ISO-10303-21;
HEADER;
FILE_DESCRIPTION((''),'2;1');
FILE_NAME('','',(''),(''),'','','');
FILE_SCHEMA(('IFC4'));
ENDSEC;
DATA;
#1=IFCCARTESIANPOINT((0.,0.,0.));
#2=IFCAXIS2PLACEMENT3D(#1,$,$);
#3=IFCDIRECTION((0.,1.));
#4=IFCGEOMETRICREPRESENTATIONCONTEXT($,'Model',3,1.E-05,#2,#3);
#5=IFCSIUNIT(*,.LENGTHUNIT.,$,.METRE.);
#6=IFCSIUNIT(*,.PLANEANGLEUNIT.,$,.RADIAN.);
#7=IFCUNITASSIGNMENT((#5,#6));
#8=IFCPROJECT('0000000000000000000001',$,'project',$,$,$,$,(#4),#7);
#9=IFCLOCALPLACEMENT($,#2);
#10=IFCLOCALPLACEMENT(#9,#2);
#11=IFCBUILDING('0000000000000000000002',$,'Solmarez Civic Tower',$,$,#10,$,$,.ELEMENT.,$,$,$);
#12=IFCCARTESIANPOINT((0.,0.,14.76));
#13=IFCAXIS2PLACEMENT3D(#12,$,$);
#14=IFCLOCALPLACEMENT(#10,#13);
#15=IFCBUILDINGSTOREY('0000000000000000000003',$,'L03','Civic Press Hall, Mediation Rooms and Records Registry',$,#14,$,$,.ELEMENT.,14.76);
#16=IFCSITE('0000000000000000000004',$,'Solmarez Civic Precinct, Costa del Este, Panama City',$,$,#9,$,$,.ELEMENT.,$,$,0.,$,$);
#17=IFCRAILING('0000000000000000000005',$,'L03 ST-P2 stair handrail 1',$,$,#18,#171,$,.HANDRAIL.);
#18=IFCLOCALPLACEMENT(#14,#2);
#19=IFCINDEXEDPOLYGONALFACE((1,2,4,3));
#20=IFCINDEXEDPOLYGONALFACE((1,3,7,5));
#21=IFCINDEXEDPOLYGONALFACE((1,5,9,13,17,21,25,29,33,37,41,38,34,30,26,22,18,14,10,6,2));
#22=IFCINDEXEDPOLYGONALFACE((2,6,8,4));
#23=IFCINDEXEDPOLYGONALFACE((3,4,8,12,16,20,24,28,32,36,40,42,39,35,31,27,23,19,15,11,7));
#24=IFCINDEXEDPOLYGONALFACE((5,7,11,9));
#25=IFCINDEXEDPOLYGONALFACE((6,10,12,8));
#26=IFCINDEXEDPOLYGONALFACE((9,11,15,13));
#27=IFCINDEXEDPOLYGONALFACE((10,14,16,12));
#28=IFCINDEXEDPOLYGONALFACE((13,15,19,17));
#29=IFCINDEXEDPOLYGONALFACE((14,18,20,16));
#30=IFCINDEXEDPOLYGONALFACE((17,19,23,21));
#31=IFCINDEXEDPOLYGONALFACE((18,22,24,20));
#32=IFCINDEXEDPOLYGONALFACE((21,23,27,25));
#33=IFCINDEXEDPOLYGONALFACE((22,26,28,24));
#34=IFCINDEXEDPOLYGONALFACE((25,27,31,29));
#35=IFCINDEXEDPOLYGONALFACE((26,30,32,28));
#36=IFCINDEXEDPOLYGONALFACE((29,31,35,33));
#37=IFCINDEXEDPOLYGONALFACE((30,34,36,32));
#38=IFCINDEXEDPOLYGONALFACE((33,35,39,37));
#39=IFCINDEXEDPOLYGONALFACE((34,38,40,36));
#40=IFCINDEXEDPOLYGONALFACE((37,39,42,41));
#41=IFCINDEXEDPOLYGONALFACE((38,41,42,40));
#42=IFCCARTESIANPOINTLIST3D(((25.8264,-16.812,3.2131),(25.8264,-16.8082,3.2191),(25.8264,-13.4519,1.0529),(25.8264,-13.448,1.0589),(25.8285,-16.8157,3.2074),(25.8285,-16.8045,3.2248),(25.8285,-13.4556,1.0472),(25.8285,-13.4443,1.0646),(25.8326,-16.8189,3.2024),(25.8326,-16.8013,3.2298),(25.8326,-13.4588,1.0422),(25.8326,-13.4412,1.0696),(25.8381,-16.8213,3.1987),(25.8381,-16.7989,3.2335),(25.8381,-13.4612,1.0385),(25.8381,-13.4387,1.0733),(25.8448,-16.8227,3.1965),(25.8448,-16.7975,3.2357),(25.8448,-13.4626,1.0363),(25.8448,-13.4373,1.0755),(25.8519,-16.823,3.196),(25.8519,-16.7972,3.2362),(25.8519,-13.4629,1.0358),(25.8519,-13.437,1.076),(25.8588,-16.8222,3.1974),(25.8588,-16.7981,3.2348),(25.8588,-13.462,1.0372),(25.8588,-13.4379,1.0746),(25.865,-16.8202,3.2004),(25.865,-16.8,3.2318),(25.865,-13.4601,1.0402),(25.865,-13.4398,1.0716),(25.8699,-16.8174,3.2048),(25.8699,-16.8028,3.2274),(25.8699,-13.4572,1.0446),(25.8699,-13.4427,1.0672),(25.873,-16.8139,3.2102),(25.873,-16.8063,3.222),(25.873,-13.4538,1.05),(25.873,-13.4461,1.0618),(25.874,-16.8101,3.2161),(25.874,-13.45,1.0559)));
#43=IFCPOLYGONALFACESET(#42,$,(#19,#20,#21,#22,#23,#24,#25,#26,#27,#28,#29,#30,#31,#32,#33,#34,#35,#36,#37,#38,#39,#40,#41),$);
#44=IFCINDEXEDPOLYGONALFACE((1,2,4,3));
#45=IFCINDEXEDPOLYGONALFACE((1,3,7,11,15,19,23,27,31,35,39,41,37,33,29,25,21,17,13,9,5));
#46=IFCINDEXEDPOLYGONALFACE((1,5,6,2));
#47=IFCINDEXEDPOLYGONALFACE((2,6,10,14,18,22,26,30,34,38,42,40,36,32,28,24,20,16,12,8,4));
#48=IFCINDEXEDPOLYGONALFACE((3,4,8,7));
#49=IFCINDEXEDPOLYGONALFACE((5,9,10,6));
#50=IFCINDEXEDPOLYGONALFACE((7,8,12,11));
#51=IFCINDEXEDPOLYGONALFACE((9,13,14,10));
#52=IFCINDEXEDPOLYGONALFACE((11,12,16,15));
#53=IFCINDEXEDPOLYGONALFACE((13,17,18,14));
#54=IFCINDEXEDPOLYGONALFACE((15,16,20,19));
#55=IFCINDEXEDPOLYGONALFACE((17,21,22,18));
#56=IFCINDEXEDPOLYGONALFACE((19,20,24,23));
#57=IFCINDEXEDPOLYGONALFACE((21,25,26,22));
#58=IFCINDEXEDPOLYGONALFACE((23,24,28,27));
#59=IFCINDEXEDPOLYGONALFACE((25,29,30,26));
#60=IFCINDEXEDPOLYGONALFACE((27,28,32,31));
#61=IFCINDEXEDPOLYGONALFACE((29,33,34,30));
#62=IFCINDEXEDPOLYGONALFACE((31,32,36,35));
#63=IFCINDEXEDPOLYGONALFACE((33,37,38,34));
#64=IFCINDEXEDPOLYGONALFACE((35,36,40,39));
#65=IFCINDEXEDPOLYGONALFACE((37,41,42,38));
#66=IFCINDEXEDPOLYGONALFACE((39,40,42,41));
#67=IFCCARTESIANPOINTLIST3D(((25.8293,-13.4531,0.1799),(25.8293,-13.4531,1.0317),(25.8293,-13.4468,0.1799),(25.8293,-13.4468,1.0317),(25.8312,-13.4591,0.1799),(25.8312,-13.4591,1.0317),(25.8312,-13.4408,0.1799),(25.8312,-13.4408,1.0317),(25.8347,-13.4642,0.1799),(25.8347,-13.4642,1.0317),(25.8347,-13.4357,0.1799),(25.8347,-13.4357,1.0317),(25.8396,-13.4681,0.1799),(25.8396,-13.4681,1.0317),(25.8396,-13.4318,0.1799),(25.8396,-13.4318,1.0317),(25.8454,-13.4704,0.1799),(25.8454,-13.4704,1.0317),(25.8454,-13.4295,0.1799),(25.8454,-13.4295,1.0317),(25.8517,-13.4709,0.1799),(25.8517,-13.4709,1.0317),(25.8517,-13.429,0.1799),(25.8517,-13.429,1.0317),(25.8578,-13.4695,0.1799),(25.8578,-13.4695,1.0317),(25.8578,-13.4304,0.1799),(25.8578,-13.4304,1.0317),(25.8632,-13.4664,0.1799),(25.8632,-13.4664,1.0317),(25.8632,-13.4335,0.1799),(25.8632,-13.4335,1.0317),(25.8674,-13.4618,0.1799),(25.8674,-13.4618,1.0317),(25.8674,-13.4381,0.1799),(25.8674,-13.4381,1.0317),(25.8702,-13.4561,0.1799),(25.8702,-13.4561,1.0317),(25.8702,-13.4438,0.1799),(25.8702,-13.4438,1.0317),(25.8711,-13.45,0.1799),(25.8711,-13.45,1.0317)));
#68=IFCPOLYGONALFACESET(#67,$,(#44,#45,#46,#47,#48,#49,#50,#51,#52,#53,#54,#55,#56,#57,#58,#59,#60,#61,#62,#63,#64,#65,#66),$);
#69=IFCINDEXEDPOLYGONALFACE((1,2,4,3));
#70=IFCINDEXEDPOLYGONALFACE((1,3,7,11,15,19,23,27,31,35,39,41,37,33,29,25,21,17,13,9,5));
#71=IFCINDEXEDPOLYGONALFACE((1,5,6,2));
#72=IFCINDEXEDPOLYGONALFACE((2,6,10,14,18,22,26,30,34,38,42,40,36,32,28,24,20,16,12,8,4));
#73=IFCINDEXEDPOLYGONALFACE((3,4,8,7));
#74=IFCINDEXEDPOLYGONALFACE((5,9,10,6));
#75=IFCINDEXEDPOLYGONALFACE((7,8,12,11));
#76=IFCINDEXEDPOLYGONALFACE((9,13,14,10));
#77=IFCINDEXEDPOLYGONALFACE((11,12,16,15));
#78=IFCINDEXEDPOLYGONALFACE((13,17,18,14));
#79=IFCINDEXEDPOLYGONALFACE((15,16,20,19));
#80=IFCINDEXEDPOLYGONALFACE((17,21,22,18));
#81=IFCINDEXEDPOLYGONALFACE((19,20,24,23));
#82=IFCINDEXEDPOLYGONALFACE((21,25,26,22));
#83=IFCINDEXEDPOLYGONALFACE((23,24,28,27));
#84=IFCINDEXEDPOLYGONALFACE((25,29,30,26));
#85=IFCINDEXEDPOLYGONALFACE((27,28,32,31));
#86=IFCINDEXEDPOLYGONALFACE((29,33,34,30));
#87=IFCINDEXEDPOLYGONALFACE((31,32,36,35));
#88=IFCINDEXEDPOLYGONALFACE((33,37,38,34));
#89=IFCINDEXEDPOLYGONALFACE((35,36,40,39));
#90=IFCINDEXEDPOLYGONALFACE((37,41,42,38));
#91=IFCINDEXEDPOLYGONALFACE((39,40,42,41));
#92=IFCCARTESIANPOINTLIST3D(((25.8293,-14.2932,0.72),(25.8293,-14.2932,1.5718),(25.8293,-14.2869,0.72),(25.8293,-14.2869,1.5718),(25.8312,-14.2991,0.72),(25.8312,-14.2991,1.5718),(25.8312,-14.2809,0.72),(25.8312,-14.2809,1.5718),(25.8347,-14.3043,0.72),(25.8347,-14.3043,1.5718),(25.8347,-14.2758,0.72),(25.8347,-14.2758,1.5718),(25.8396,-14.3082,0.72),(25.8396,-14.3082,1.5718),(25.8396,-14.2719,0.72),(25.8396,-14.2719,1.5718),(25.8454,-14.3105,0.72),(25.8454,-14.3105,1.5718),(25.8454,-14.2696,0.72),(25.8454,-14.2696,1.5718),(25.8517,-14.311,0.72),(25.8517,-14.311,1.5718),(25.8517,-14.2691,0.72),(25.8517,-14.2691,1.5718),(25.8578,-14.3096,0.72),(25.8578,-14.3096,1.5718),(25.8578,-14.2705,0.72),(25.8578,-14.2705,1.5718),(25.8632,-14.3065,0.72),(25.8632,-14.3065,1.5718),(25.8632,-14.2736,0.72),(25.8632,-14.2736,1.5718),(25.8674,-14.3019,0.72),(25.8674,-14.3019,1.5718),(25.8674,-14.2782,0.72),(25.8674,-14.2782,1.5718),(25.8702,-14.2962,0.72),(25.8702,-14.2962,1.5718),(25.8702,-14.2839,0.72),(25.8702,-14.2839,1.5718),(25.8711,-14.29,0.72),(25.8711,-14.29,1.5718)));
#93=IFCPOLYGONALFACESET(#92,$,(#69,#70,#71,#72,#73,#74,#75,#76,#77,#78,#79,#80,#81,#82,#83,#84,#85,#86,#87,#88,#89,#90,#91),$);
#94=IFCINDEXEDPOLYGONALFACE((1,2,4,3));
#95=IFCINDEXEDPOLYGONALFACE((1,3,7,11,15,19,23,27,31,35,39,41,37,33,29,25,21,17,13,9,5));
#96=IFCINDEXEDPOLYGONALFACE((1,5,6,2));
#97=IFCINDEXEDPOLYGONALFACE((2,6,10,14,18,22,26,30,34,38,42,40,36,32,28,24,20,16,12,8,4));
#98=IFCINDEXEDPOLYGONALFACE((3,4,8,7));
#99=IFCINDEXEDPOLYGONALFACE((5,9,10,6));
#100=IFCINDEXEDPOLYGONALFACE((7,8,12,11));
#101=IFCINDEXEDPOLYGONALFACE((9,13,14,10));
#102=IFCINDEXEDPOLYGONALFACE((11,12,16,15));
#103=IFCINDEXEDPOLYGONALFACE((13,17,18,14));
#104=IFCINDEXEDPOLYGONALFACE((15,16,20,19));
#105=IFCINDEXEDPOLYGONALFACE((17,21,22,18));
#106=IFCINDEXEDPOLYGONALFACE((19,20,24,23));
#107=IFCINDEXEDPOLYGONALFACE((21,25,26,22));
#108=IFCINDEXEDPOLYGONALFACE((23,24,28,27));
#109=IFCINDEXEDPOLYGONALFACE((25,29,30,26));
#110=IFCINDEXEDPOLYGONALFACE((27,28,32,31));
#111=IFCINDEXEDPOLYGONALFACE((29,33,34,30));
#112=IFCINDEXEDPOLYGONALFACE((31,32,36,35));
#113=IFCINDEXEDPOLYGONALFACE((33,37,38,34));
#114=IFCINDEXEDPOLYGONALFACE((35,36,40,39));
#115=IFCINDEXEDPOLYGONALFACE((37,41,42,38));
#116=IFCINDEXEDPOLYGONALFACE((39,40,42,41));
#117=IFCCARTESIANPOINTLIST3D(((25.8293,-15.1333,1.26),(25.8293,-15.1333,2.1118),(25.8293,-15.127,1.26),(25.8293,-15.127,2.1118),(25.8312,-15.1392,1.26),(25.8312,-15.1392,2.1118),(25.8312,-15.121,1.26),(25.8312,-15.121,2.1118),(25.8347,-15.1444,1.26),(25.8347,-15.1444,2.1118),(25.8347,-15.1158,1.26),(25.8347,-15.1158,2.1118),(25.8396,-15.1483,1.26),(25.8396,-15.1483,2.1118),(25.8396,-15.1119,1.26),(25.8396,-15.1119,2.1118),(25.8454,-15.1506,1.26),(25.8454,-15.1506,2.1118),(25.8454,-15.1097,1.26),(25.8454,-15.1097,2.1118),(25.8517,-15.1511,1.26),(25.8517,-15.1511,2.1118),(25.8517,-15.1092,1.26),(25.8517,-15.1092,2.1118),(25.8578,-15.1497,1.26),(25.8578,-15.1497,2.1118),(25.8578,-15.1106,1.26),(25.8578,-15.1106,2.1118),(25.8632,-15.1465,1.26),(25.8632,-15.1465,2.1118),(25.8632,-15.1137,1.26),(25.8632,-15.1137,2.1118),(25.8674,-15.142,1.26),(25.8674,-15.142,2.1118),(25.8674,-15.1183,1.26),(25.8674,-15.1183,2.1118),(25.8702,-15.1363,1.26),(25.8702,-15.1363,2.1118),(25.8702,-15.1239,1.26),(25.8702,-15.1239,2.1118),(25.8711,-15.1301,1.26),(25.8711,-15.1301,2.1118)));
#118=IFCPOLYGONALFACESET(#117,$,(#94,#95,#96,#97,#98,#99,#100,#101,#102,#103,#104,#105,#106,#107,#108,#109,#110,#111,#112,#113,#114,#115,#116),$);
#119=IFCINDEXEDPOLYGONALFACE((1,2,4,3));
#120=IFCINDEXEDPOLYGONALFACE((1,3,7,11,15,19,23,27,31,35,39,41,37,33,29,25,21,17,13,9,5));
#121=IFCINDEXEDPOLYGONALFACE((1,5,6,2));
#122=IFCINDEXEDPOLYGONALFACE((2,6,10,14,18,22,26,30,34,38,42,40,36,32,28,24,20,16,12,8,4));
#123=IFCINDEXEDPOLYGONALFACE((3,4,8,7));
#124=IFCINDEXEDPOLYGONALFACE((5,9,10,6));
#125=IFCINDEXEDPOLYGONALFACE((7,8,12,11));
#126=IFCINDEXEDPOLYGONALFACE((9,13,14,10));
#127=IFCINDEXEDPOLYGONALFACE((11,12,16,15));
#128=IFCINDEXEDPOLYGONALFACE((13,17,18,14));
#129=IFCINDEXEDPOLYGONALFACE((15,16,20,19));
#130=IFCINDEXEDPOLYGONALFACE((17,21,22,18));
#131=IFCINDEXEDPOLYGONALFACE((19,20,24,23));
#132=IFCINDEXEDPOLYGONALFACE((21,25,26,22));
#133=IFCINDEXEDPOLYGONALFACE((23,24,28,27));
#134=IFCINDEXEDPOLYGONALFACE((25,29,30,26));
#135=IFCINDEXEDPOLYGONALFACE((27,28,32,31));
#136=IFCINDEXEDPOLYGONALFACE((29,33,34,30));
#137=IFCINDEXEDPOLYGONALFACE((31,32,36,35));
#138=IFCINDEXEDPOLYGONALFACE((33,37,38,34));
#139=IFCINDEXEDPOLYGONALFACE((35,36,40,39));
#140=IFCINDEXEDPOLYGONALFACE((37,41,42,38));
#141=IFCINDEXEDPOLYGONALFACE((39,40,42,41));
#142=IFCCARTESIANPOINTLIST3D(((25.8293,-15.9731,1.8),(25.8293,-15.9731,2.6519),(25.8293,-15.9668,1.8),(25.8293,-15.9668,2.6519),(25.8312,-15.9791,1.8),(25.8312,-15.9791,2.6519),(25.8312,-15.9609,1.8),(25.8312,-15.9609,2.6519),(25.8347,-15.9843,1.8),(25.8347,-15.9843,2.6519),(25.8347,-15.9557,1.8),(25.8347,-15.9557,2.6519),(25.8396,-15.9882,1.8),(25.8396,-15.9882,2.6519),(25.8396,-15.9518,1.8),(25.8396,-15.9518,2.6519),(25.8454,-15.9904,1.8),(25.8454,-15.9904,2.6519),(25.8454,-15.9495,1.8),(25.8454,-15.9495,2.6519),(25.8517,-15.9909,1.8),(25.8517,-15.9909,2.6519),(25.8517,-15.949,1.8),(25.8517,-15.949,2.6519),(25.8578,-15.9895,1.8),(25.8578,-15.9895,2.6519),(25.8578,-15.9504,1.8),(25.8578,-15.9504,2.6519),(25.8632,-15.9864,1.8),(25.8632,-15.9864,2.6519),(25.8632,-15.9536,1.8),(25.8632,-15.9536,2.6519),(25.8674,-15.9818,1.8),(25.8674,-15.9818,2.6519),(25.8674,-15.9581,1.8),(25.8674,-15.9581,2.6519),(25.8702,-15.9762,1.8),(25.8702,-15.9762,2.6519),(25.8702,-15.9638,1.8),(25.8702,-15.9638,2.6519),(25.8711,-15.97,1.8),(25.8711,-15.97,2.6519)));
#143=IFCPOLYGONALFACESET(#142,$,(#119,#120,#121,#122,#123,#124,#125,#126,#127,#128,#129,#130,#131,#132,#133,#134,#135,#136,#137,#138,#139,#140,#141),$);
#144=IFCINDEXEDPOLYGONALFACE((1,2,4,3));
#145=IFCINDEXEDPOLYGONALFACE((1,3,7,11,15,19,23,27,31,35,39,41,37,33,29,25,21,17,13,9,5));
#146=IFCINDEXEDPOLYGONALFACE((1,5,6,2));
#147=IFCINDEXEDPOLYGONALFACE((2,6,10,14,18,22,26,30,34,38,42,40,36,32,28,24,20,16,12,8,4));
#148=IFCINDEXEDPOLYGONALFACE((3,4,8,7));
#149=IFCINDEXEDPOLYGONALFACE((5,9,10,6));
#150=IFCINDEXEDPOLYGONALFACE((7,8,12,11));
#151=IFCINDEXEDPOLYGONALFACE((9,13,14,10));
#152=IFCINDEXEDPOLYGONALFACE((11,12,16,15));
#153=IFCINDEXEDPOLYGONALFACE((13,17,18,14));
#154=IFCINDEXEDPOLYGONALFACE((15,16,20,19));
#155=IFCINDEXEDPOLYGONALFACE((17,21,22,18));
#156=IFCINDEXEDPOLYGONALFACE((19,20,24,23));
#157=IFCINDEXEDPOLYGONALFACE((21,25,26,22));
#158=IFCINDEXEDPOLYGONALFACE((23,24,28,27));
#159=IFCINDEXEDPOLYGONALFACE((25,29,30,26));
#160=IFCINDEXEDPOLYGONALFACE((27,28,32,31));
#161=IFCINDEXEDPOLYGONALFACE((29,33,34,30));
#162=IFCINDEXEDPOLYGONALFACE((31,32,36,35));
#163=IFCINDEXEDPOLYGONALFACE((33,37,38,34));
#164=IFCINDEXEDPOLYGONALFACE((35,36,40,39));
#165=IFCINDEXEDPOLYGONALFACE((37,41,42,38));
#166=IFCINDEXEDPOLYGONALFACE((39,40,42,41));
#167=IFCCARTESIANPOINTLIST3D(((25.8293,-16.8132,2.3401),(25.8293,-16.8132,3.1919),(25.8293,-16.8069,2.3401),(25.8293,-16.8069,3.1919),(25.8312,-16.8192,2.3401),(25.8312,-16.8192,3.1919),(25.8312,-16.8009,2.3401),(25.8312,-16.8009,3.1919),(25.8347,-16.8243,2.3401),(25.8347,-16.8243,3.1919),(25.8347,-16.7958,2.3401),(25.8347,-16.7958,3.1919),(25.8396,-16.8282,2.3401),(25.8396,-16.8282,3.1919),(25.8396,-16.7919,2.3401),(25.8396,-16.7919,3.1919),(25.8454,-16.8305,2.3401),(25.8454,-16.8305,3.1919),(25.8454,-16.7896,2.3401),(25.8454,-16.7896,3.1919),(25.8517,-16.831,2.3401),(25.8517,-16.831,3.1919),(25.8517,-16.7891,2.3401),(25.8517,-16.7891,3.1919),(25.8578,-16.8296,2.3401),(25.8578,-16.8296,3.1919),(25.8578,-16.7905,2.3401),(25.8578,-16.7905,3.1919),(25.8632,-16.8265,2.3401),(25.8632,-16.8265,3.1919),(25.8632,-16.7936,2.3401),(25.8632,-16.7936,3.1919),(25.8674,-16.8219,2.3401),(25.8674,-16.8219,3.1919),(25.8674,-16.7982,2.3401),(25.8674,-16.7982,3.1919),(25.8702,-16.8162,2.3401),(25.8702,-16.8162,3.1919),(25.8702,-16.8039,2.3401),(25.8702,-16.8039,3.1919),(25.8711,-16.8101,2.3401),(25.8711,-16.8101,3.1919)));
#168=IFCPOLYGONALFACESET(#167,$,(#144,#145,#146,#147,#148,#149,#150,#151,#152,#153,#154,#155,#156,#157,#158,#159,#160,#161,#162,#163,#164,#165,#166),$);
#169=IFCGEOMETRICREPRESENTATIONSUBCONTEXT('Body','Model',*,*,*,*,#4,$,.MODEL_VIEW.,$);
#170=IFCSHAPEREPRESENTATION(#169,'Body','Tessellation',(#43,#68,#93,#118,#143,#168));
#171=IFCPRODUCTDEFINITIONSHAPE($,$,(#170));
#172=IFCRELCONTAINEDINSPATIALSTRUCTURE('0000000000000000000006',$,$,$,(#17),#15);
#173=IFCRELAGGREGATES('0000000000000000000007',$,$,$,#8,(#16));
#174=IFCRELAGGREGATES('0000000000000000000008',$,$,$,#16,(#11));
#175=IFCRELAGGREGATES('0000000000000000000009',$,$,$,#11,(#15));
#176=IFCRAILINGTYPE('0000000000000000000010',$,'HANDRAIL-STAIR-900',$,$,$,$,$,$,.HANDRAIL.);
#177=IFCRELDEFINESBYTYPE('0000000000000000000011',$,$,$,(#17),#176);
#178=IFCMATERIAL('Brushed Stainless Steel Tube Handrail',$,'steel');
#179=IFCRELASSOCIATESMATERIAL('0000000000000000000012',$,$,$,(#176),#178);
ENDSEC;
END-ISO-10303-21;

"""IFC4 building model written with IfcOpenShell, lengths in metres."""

from ifc_helpers import new_model, si_unit, direction, frame, origin, origin_2d, place, context, subcontext, project, spatial, circle, extrude, material, type_object, element, save


model = new_model("IFC4")

# Units and contexts
model_context = context("Model", 3, precision=1e-05, world=origin(), true_north=direction((0.0, 1.0)))
body_context = subcontext(model_context, "Body", "Model", "MODEL_VIEW")
ifc_project = project(units=[si_unit("LENGTHUNIT", "METRE"), si_unit("PLANEANGLEUNIT", "RADIAN")], contexts=[model_context])

# Site, building, storey
site_placement = place(None, origin())
site = spatial("IfcSite", under=ifc_project, at=site_placement, Name="Solmarez Civic Precinct, Costa del Este, Panama City", CompositionType="ELEMENT", RefElevation=0.0)
building_placement = place(site_placement, origin())
building = spatial("IfcBuilding", under=site, at=building_placement, Name="Solmarez Civic Tower", CompositionType="ELEMENT")
storey_placement = place(building_placement, frame((0.0, 0.0, 14.76)))
storey = spatial("IfcBuildingStorey", under=building, at=storey_placement, Name="L03", Description="Civic Press Hall, Mediation Rooms and Records Registry", CompositionType="ELEMENT", Elevation=14.76)

# Railing
ifc_material_1 = material(Name="Brushed Stainless Steel Tube Handrail", Category="steel")
railing_type = type_object("IfcRailingType", Name="HANDRAIL-STAIR-900", PredefinedType="HANDRAIL", material=ifc_material_1)
railing_placement = place(storey_placement, frame((25.8501, -13.45, 0.1799)))
element("IfcRailing", 1, at=railing_placement, inside=storey, type_object=railing_type, Name="L03 ST-P2 stair handrail 1", PredefinedType="HANDRAIL", context=body_context, shape_type="SweptSolid", body=[
    extrude(circle(Radius=0.0239, at=origin_2d()), frame((0.0, 0.0, 0.876), z_axis=(0.0, -0.841169, 0.540773), x_axis=(1.0, 0.0, 0.0)), (0.0, 0.0, 1.0), 3.9946),
    extrude(circle(Radius=0.021, at=origin_2d()), origin(), (0.0, 0.0, 1.0), 0.8518),
    extrude(circle(Radius=0.021, at=origin_2d()), frame((0.0, -0.8401, 0.54)), (0.0, 0.0, 1.0), 0.8518),
    extrude(circle(Radius=0.021, at=origin_2d()), frame((0.0, -1.6802, 1.0801)), (0.0, 0.0, 1.0), 0.8518),
    extrude(circle(Radius=0.021, at=origin_2d()), frame((0.0, -2.52, 1.6201)), (0.0, 0.0, 1.0), 0.8518),
    extrude(circle(Radius=0.021, at=origin_2d()), frame((0.0, -3.3601, 2.1602)), (0.0, 0.0, 1.0), 0.8518),
])

save(model, "model.ifc")
